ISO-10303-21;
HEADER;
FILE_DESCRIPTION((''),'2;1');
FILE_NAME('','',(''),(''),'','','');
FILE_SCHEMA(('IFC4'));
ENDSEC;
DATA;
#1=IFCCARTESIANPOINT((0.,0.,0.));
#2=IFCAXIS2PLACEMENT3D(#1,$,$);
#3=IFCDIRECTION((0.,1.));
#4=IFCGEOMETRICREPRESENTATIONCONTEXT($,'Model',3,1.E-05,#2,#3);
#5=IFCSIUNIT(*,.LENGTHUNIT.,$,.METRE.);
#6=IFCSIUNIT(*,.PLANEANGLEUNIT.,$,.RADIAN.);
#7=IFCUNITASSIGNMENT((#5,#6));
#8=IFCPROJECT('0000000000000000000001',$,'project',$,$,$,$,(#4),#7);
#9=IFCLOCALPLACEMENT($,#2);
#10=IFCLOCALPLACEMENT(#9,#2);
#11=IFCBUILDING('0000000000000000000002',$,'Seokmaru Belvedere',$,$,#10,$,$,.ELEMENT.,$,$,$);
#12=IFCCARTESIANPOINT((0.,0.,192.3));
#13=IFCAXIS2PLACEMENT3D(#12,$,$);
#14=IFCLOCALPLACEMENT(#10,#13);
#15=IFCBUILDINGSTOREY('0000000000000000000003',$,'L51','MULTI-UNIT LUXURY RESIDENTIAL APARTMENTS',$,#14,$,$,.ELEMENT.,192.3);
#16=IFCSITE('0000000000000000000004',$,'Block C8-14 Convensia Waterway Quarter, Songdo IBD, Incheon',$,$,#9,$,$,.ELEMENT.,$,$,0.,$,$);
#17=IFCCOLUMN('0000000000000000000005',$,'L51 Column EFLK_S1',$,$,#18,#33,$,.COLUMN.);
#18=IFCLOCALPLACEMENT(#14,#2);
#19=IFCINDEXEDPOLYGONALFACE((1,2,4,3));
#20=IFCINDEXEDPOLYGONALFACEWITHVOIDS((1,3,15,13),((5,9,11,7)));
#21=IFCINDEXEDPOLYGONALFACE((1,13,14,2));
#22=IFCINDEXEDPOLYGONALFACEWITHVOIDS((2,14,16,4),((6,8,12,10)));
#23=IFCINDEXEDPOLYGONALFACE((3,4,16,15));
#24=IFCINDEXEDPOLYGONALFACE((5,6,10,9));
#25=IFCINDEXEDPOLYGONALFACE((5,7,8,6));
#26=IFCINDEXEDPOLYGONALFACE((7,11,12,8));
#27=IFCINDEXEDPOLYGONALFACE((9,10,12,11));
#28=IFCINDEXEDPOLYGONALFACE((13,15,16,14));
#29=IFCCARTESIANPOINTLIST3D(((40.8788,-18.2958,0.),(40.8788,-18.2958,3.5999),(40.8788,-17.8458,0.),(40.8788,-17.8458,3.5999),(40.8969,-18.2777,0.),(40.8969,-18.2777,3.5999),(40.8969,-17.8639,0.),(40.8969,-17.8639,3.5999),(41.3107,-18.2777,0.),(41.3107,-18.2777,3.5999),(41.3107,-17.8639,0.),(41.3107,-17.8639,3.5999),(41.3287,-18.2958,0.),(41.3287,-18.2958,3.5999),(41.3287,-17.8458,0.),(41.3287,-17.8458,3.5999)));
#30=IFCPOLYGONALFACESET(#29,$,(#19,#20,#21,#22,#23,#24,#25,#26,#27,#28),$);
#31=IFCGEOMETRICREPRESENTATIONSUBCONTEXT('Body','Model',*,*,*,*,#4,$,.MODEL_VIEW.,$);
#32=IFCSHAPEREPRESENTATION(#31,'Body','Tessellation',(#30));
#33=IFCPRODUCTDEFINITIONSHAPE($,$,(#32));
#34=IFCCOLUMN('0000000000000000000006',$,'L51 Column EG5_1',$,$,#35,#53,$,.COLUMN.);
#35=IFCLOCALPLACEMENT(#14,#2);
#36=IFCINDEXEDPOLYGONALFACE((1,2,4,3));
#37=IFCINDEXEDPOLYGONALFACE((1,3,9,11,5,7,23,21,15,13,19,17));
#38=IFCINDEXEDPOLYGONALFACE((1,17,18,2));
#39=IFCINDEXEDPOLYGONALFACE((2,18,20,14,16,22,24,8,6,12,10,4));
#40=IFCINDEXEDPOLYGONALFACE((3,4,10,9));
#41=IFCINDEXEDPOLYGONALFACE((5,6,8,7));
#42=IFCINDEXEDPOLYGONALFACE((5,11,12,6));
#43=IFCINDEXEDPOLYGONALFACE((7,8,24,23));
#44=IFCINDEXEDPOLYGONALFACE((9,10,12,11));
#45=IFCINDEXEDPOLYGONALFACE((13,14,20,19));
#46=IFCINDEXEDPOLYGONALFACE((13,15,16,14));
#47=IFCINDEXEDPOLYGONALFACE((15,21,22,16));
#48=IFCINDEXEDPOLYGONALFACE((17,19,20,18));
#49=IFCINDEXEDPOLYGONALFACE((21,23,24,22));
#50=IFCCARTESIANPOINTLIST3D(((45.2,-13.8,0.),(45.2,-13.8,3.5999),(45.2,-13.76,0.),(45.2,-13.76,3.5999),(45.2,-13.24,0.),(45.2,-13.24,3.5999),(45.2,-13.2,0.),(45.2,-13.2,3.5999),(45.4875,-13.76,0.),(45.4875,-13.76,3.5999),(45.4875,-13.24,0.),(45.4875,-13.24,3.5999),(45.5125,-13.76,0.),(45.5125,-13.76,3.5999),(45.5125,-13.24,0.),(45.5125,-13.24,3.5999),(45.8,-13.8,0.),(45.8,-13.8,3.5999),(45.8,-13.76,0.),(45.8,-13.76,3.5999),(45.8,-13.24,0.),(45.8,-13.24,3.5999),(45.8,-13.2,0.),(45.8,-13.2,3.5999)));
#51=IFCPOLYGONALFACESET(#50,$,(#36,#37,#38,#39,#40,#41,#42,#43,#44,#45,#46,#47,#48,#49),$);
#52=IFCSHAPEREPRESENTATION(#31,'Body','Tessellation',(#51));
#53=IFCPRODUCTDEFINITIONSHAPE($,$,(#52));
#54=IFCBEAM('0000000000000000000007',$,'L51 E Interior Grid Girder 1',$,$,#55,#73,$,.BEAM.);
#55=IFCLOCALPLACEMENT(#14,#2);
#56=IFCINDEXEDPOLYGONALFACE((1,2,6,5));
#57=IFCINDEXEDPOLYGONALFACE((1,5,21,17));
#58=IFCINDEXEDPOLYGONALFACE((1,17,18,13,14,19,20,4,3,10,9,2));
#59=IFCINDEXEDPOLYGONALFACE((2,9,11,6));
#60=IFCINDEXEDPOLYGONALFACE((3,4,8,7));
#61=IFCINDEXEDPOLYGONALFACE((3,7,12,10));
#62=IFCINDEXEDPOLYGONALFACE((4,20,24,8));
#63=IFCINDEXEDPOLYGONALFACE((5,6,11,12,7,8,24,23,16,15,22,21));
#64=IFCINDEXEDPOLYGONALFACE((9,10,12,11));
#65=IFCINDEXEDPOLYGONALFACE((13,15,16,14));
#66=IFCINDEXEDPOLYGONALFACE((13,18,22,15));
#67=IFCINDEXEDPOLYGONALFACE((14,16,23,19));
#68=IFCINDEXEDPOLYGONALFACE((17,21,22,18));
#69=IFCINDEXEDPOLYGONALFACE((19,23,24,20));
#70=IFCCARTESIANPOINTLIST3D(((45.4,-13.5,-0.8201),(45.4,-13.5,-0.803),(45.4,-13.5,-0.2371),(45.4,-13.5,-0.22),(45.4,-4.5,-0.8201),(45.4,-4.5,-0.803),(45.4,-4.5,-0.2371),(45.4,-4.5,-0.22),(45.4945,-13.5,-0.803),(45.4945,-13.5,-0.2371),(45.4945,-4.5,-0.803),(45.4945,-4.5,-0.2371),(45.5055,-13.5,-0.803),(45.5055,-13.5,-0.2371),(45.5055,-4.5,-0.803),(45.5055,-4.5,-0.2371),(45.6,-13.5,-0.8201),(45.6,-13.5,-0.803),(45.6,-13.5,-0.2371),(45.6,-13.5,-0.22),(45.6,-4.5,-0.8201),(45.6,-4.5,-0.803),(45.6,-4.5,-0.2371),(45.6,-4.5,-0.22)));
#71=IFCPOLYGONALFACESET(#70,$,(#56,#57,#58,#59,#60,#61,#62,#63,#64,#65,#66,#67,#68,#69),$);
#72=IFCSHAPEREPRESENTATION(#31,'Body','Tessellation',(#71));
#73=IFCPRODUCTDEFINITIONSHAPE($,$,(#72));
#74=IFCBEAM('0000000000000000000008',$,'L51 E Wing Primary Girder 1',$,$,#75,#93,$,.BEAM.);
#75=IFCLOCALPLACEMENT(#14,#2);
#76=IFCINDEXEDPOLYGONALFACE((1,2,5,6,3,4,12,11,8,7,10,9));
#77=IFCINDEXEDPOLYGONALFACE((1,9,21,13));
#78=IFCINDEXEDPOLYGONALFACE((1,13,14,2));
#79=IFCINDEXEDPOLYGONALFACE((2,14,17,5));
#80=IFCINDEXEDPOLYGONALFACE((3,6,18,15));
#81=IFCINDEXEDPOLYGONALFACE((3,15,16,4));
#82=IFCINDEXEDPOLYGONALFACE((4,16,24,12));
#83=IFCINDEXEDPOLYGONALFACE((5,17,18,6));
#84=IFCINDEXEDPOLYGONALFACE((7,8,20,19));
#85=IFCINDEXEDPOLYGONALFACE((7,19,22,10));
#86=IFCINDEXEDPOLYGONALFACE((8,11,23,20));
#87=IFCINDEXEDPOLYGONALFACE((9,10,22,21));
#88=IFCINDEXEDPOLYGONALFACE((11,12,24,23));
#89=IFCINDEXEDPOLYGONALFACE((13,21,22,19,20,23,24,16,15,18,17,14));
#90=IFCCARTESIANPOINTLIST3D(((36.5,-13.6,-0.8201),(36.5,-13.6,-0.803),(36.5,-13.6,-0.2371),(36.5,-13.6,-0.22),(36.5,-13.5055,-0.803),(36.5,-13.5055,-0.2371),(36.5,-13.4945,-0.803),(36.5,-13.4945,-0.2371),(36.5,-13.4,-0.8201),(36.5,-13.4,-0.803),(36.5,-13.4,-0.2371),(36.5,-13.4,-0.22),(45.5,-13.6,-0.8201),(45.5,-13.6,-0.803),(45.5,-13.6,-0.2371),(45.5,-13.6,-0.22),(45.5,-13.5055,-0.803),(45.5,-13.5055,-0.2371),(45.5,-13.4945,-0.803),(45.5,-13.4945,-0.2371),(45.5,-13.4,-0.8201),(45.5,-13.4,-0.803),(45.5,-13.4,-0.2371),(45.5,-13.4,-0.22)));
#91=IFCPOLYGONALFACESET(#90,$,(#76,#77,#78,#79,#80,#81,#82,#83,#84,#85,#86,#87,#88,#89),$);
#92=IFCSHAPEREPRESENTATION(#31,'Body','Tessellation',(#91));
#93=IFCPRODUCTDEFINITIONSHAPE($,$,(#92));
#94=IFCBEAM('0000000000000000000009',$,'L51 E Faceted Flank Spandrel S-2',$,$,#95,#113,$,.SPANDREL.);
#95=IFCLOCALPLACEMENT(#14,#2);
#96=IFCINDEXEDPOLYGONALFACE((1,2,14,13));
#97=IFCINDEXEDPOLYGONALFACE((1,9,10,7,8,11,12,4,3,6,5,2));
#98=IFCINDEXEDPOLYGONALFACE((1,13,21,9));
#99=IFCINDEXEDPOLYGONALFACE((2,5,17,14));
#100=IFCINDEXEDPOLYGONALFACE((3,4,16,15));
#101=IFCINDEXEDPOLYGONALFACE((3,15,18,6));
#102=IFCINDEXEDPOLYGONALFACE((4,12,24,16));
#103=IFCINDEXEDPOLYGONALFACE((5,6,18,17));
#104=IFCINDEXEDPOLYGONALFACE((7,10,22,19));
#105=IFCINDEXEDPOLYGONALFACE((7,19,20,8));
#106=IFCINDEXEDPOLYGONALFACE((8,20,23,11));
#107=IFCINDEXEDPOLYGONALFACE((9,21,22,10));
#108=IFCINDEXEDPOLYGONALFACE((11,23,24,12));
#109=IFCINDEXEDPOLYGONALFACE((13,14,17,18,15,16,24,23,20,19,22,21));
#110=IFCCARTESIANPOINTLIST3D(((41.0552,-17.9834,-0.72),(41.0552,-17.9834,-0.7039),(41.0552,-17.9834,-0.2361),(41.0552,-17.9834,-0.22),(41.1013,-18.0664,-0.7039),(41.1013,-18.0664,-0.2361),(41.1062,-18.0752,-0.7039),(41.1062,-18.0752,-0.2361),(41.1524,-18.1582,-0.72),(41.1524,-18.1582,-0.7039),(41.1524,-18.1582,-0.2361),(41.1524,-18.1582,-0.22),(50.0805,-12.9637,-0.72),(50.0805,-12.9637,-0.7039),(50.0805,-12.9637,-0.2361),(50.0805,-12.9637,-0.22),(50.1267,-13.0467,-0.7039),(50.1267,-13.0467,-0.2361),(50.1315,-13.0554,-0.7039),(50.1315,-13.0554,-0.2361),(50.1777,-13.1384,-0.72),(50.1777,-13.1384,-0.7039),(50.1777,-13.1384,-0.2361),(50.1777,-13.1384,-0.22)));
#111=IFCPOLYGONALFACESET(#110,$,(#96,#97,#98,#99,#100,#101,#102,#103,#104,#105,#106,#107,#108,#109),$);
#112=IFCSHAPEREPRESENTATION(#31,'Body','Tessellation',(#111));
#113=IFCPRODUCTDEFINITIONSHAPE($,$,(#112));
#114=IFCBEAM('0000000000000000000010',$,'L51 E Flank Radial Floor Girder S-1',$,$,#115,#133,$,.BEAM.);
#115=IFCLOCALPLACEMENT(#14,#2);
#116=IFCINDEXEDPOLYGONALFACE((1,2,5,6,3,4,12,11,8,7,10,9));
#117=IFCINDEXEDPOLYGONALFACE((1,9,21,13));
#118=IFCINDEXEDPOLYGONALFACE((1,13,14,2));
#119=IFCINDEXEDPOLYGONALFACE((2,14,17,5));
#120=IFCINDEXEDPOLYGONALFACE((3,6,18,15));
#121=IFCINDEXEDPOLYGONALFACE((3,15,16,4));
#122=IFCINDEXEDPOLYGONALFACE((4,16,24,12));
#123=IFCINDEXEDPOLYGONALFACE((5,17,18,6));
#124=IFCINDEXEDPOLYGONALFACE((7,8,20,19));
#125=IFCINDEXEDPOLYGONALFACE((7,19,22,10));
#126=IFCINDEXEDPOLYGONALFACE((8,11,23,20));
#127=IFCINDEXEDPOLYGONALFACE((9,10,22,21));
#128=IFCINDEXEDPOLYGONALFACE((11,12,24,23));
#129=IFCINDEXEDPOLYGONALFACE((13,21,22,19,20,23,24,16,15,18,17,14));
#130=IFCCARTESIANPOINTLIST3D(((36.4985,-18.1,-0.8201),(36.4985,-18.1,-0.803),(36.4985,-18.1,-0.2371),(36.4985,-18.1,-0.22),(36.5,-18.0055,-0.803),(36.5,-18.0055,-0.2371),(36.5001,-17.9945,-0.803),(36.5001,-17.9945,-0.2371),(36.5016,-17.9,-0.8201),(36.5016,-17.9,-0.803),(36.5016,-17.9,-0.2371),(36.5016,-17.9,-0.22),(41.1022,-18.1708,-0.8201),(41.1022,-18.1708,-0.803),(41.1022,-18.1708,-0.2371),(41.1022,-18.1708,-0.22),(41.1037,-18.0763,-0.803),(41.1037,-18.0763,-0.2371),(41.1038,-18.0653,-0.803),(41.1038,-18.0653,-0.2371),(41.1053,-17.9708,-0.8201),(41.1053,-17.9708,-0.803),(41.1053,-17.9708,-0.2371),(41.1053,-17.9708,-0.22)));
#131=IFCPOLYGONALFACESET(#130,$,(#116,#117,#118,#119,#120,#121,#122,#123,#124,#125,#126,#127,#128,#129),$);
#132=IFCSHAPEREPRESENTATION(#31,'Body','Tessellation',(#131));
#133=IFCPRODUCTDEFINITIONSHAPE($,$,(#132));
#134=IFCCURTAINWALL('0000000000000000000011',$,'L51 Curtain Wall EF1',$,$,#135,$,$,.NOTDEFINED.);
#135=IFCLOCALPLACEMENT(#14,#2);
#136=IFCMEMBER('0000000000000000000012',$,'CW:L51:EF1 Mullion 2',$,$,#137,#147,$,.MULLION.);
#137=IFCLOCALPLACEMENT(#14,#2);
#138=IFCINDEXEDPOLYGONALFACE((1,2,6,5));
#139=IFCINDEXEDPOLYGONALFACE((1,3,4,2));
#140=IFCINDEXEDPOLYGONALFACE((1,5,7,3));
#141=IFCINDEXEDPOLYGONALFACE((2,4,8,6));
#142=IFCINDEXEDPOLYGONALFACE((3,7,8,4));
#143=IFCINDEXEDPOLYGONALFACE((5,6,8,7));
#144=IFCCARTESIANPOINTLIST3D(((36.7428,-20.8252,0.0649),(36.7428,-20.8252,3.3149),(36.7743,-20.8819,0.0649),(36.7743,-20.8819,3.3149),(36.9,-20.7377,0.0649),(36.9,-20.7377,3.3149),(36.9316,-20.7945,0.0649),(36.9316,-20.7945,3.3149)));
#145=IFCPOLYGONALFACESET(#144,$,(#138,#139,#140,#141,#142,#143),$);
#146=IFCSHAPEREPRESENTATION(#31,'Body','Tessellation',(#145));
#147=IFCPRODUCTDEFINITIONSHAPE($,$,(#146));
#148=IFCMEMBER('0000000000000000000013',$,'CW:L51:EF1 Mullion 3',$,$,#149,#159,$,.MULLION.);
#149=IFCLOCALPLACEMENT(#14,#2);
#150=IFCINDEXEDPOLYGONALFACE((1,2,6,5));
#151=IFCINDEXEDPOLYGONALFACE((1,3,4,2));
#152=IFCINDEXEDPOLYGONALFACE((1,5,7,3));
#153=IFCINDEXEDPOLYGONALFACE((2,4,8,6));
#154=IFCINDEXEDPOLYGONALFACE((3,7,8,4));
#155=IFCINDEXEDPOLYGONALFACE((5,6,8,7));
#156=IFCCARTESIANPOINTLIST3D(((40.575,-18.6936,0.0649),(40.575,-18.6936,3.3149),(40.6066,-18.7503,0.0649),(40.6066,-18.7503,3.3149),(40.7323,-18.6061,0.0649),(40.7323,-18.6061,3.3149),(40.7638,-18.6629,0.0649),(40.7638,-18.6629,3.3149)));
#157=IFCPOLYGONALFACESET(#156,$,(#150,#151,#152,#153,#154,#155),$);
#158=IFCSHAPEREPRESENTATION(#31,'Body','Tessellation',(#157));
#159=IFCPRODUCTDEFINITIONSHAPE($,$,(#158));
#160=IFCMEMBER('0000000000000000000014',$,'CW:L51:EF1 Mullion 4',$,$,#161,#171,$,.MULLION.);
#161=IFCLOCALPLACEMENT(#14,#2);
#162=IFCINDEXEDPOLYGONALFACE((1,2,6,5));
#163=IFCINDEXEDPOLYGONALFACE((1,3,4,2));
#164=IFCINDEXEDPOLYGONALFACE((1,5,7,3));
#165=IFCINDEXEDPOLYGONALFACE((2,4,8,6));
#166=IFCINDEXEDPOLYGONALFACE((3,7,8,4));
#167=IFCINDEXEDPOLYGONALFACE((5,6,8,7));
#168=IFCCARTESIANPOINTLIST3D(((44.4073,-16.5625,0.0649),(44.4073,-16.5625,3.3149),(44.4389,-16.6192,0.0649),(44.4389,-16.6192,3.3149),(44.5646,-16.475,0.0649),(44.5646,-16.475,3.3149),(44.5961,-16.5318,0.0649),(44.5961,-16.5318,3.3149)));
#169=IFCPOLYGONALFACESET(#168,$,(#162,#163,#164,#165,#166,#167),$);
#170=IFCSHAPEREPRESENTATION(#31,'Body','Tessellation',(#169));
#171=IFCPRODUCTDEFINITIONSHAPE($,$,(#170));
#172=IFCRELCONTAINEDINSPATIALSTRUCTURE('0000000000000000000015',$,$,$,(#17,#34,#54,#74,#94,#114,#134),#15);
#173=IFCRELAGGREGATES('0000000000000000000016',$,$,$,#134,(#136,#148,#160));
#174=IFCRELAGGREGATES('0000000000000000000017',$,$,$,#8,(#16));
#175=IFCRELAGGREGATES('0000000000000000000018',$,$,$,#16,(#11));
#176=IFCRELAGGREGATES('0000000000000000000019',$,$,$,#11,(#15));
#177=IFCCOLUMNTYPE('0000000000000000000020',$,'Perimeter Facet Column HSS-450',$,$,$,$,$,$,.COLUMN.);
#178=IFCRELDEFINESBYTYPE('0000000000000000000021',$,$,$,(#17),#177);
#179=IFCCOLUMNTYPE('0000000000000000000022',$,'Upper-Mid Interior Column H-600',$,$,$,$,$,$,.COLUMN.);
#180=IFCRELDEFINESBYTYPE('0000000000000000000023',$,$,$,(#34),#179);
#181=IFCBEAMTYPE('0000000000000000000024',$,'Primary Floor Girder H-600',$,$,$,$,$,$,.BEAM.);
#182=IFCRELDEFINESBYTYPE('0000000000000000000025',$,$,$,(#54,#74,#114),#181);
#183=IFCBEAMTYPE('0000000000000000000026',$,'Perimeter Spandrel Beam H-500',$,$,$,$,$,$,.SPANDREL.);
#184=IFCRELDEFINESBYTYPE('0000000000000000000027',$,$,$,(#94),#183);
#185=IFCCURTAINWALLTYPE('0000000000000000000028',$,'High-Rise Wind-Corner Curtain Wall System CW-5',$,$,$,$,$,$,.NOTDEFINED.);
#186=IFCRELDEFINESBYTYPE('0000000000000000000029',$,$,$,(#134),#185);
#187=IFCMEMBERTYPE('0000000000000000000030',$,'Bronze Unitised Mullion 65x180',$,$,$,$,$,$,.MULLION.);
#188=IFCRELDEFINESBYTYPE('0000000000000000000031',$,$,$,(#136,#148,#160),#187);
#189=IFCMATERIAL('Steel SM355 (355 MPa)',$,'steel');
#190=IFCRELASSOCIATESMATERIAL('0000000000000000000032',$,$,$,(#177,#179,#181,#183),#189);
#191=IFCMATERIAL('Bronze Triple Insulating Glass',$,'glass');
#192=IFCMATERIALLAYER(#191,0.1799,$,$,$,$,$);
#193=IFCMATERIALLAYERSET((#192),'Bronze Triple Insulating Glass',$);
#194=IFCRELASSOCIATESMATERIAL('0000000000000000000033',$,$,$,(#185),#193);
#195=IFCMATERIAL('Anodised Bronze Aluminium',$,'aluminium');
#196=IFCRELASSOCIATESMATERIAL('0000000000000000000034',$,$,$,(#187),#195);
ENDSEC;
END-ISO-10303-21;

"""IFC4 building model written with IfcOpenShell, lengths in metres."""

from ifc_helpers import new_model, si_unit, direction, frame, origin, origin_2d, place, context, subcontext, project, spatial, rectangle, hollow_rectangle, i_section, extrude, source, transform, mapped, material, layer, layer_set, material_profile, profile_set, type_object, type_shapes, element, aggregate, save


model = new_model("IFC4")

# Units and contexts
model_context = context("Model", 3, precision=1e-05, world=origin(), true_north=direction((0.0, 1.0)))
body_context = subcontext(model_context, "Body", "Model", "MODEL_VIEW")
ifc_project = project(units=[si_unit("LENGTHUNIT", "METRE"), si_unit("PLANEANGLEUNIT", "RADIAN")], contexts=[model_context])

# Site, building, storey
site_placement = place(None, origin())
site = spatial("IfcSite", under=ifc_project, at=site_placement, Name="Block C8-14 Convensia Waterway Quarter, Songdo IBD, Incheon", CompositionType="ELEMENT", RefElevation=0.0)
building_placement = place(site_placement, origin())
building = spatial("IfcBuilding", under=site, at=building_placement, Name="Seokmaru Belvedere", CompositionType="ELEMENT")
storey_placement = place(building_placement, frame((0.0, 0.0, 192.3)))
storey = spatial("IfcBuildingStorey", under=building, at=storey_placement, Name="L51", Description="MULTI-UNIT LUXURY RESIDENTIAL APARTMENTS", CompositionType="ELEMENT", Elevation=192.3)

# Columns
ifc_material_1 = material(Name="Steel SM355 (355 MPa)", Category="steel")
ifc_material_profile_1 = material_profile(ifc_material_1, hollow_rectangle(XDim=0.45, YDim=0.45, WallThickness=0.0181, at=origin_2d()), Name="HSS-450x450x18")
ifc_profile_set_1 = profile_set([ifc_material_profile_1], Name="Steel SM355 (355 MPa)")
column_type_1 = type_object("IfcColumnType", Name="Perimeter Facet Column HSS-450", PredefinedType="COLUMN", material=ifc_profile_set_1)
shared_shape_1 = source(origin(), body_context, "Body", "SweptSolid", [
    extrude(hollow_rectangle(XDim=0.45, YDim=0.45, WallThickness=0.0181, at=origin_2d()), origin(), (0.0, 0.0, 1.0), 3.5999),
])
type_shapes(column_type_1, [shared_shape_1])
column_1_placement = place(storey_placement, frame((41.1038, -18.0708, 0.0), z_axis=(0.0, 0.0, 1.0), x_axis=(1.0, 0.0, 0.0)))
element("IfcColumn", 1, at=column_1_placement, inside=storey, type_object=column_type_1, Name="L51 Column EFLK_S1", PredefinedType="COLUMN", context=body_context, shape_type="MappedRepresentation", body=[
    mapped(shared_shape_1, transform((0.0, 0.0, 0.0), scale=1.0)),
])
ifc_material_profile_2 = material_profile(ifc_material_1, i_section(OverallWidth=0.6001, OverallDepth=0.6001, WebThickness=0.0249, FlangeThickness=0.04, at=origin_2d()), Name="H-600x600x25x40")
ifc_profile_set_2 = profile_set([ifc_material_profile_2], Name="Steel SM355 (355 MPa)")
column_type_2 = type_object("IfcColumnType", Name="Upper-Mid Interior Column H-600", PredefinedType="COLUMN", material=ifc_profile_set_2)
shared_shape_2 = source(origin(), body_context, "Body", "SweptSolid", [
    extrude(i_section(OverallWidth=0.6001, OverallDepth=0.6001, WebThickness=0.0249, FlangeThickness=0.04, at=origin_2d()), origin(), (0.0, 0.0, 1.0), 3.5999),
])
type_shapes(column_type_2, [shared_shape_2])
column_2_placement = place(storey_placement, frame((45.5, -13.5, 0.0), z_axis=(0.0, 0.0, 1.0), x_axis=(1.0, 0.0, 0.0)))
element("IfcColumn", 2, at=column_2_placement, inside=storey, type_object=column_type_2, Name="L51 Column EG5_1", PredefinedType="COLUMN", context=body_context, shape_type="MappedRepresentation", body=[
    mapped(shared_shape_2, transform((0.0, 0.0, 0.0), scale=1.0)),
])

# Beams
ifc_material_profile_3 = material_profile(ifc_material_1, i_section(OverallWidth=0.2, OverallDepth=0.6001, WebThickness=0.011, FlangeThickness=0.0171, at=origin_2d()), Name="H-600x200x11x17")
ifc_profile_set_3 = profile_set([ifc_material_profile_3], Name="Steel SM355 (355 MPa)")
beam_type_1 = type_object("IfcBeamType", Name="Primary Floor Girder H-600", PredefinedType="BEAM", material=ifc_profile_set_3)
shared_shape_3 = source(origin(), body_context, "Body", "SweptSolid", [
    extrude(i_section(OverallWidth=0.2, OverallDepth=0.6001, WebThickness=0.011, FlangeThickness=0.0171, at=origin_2d()), origin(), (0.0, 0.0, 1.0), 9.0),
])
for number, where, z_axis, x_axis, name in (
    (3, (45.5, -13.5, -0.52), (0.0, 1.0, 0.0), (-1.0, 0.0, 0.0), "L51 E Interior Grid Girder 1"),
    (4, (36.5, -13.5, -0.52), (1.0, 0.0, 0.0), (0.0, 1.0, 0.0), "L51 E Wing Primary Girder 1"),
):
    element("IfcBeam", number, at=place(storey_placement, frame(where, z_axis=z_axis, x_axis=x_axis)), inside=storey, type_object=beam_type_1, Name=name, PredefinedType="BEAM", context=body_context, shape_type="MappedRepresentation", body=[
        mapped(shared_shape_3, transform((0.0, 0.0, 0.0), scale=1.0)),
    ])
ifc_material_profile_4 = material_profile(ifc_material_1, i_section(OverallWidth=0.2, OverallDepth=0.5, WebThickness=0.01, FlangeThickness=0.0161, at=origin_2d()), Name="H-500x200x10x16")
ifc_profile_set_4 = profile_set([ifc_material_profile_4], Name="Steel SM355 (355 MPa)")
beam_type_2 = type_object("IfcBeamType", Name="Perimeter Spandrel Beam H-500", PredefinedType="SPANDREL", material=ifc_profile_set_4)
shared_shape_4 = source(origin(), body_context, "Body", "SweptSolid", [
    extrude(i_section(OverallWidth=0.2, OverallDepth=0.5, WebThickness=0.01, FlangeThickness=0.0161, at=origin_2d()), origin(), (0.0, 0.0, 1.0), 10.3274),
])
type_shapes(beam_type_2, [shared_shape_4])
beam_1_placement = place(storey_placement, frame((41.1038, -18.0708, -0.47), z_axis=(0.873924, 0.486062, 0.0), x_axis=(-0.486062, 0.873924, 0.0)))
element("IfcBeam", 5, at=beam_1_placement, inside=storey, type_object=beam_type_2, Name="L51 E Faceted Flank Spandrel S-2", PredefinedType="SPANDREL", context=body_context, shape_type="MappedRepresentation", body=[
    mapped(shared_shape_4, transform((0.0, 0.0, 0.0), scale=1.0)),
])
shared_shape_5 = source(origin(), body_context, "Body", "SweptSolid", [
    extrude(i_section(OverallWidth=0.2, OverallDepth=0.6001, WebThickness=0.011, FlangeThickness=0.0171, at=origin_2d()), origin(), (0.0, 0.0, 1.0), 4.6042),
])
type_shapes(beam_type_1, [shared_shape_3, shared_shape_5])
beam_2_placement = place(storey_placement, frame((41.1038, -18.0708, -0.52), z_axis=(-0.999882, 0.015377, 0.0), x_axis=(-0.015377, -0.999882, 0.0)))
element("IfcBeam", 6, at=beam_2_placement, inside=storey, type_object=beam_type_1, Name="L51 E Flank Radial Floor Girder S-1", PredefinedType="BEAM", context=body_context, shape_type="MappedRepresentation", body=[
    mapped(shared_shape_5, transform((0.0, 0.0, 0.0), scale=1.0)),
])

# Curtain wall, members
ifc_material_2 = material(Name="Bronze Triple Insulating Glass", Category="glass")
ifc_layer_1 = layer(ifc_material_2, 0.1799)
ifc_layer_set_1 = layer_set([ifc_layer_1], Name="Bronze Triple Insulating Glass")
curtain_wall_type = type_object("IfcCurtainWallType", Name="High-Rise Wind-Corner Curtain Wall System CW-5", PredefinedType="NOTDEFINED", material=ifc_layer_set_1)
curtain_wall_placement = place(storey_placement, origin())
curtain_wall = element("IfcCurtainWall", 7, at=curtain_wall_placement, inside=storey, type_object=curtain_wall_type, Name="L51 Curtain Wall EF1", PredefinedType="NOTDEFINED")
ifc_material_3 = material(Name="Anodised Bronze Aluminium", Category="aluminium")
ifc_material_profile_5 = material_profile(ifc_material_3, rectangle(XDim=0.0649, YDim=0.1799, at=origin_2d()), Name="CW-M-65x180")
ifc_profile_set_5 = profile_set([ifc_material_profile_5], Name="Anodised Bronze Aluminium")
member_type = type_object("IfcMemberType", Name="Bronze Unitised Mullion 65x180", PredefinedType="MULLION", material=ifc_profile_set_5)
shared_shape_6 = source(origin(), body_context, "Body", "SweptSolid", [
    extrude(rectangle(XDim=0.0649, YDim=0.1799, at=origin_2d()), origin(), (0.0, 0.0, 1.0), 3.25),
])
type_shapes(member_type, [shared_shape_6])
member_1_placement = place(storey_placement, frame((36.8372, -20.8098, 0.0649), z_axis=(0.0, 0.0, 1.0), x_axis=(-0.486047, 0.873933, 0.0)))
member_1 = element("IfcMember", 8, at=member_1_placement, type_object=member_type, Name="CW:L51:EF1 Mullion 2", PredefinedType="MULLION", context=body_context, shape_type="MappedRepresentation", body=[
    mapped(shared_shape_6, transform((0.0, 0.0, 0.0), scale=1.0)),
])
member_2_placement = place(storey_placement, frame((40.6694, -18.6782, 0.0649), z_axis=(0.0, 0.0, 1.0), x_axis=(-0.486047, 0.873933, 0.0)))
member_2 = element("IfcMember", 9, at=member_2_placement, type_object=member_type, Name="CW:L51:EF1 Mullion 3", PredefinedType="MULLION", context=body_context, shape_type="MappedRepresentation", body=[
    mapped(shared_shape_6, transform((0.0, 0.0, 0.0), scale=1.0)),
])
member_3_placement = place(storey_placement, frame((44.5017, -16.5471, 0.0649), z_axis=(0.0, 0.0, 1.0), x_axis=(-0.486047, 0.873933, 0.0)))
member_3 = element("IfcMember", 10, at=member_3_placement, type_object=member_type, Name="CW:L51:EF1 Mullion 4", PredefinedType="MULLION", context=body_context, shape_type="MappedRepresentation", body=[
    mapped(shared_shape_6, transform((0.0, 0.0, 0.0), scale=1.0)),
])
aggregate(curtain_wall, [member_1, member_2, member_3])

save(model, "model.ifc")
